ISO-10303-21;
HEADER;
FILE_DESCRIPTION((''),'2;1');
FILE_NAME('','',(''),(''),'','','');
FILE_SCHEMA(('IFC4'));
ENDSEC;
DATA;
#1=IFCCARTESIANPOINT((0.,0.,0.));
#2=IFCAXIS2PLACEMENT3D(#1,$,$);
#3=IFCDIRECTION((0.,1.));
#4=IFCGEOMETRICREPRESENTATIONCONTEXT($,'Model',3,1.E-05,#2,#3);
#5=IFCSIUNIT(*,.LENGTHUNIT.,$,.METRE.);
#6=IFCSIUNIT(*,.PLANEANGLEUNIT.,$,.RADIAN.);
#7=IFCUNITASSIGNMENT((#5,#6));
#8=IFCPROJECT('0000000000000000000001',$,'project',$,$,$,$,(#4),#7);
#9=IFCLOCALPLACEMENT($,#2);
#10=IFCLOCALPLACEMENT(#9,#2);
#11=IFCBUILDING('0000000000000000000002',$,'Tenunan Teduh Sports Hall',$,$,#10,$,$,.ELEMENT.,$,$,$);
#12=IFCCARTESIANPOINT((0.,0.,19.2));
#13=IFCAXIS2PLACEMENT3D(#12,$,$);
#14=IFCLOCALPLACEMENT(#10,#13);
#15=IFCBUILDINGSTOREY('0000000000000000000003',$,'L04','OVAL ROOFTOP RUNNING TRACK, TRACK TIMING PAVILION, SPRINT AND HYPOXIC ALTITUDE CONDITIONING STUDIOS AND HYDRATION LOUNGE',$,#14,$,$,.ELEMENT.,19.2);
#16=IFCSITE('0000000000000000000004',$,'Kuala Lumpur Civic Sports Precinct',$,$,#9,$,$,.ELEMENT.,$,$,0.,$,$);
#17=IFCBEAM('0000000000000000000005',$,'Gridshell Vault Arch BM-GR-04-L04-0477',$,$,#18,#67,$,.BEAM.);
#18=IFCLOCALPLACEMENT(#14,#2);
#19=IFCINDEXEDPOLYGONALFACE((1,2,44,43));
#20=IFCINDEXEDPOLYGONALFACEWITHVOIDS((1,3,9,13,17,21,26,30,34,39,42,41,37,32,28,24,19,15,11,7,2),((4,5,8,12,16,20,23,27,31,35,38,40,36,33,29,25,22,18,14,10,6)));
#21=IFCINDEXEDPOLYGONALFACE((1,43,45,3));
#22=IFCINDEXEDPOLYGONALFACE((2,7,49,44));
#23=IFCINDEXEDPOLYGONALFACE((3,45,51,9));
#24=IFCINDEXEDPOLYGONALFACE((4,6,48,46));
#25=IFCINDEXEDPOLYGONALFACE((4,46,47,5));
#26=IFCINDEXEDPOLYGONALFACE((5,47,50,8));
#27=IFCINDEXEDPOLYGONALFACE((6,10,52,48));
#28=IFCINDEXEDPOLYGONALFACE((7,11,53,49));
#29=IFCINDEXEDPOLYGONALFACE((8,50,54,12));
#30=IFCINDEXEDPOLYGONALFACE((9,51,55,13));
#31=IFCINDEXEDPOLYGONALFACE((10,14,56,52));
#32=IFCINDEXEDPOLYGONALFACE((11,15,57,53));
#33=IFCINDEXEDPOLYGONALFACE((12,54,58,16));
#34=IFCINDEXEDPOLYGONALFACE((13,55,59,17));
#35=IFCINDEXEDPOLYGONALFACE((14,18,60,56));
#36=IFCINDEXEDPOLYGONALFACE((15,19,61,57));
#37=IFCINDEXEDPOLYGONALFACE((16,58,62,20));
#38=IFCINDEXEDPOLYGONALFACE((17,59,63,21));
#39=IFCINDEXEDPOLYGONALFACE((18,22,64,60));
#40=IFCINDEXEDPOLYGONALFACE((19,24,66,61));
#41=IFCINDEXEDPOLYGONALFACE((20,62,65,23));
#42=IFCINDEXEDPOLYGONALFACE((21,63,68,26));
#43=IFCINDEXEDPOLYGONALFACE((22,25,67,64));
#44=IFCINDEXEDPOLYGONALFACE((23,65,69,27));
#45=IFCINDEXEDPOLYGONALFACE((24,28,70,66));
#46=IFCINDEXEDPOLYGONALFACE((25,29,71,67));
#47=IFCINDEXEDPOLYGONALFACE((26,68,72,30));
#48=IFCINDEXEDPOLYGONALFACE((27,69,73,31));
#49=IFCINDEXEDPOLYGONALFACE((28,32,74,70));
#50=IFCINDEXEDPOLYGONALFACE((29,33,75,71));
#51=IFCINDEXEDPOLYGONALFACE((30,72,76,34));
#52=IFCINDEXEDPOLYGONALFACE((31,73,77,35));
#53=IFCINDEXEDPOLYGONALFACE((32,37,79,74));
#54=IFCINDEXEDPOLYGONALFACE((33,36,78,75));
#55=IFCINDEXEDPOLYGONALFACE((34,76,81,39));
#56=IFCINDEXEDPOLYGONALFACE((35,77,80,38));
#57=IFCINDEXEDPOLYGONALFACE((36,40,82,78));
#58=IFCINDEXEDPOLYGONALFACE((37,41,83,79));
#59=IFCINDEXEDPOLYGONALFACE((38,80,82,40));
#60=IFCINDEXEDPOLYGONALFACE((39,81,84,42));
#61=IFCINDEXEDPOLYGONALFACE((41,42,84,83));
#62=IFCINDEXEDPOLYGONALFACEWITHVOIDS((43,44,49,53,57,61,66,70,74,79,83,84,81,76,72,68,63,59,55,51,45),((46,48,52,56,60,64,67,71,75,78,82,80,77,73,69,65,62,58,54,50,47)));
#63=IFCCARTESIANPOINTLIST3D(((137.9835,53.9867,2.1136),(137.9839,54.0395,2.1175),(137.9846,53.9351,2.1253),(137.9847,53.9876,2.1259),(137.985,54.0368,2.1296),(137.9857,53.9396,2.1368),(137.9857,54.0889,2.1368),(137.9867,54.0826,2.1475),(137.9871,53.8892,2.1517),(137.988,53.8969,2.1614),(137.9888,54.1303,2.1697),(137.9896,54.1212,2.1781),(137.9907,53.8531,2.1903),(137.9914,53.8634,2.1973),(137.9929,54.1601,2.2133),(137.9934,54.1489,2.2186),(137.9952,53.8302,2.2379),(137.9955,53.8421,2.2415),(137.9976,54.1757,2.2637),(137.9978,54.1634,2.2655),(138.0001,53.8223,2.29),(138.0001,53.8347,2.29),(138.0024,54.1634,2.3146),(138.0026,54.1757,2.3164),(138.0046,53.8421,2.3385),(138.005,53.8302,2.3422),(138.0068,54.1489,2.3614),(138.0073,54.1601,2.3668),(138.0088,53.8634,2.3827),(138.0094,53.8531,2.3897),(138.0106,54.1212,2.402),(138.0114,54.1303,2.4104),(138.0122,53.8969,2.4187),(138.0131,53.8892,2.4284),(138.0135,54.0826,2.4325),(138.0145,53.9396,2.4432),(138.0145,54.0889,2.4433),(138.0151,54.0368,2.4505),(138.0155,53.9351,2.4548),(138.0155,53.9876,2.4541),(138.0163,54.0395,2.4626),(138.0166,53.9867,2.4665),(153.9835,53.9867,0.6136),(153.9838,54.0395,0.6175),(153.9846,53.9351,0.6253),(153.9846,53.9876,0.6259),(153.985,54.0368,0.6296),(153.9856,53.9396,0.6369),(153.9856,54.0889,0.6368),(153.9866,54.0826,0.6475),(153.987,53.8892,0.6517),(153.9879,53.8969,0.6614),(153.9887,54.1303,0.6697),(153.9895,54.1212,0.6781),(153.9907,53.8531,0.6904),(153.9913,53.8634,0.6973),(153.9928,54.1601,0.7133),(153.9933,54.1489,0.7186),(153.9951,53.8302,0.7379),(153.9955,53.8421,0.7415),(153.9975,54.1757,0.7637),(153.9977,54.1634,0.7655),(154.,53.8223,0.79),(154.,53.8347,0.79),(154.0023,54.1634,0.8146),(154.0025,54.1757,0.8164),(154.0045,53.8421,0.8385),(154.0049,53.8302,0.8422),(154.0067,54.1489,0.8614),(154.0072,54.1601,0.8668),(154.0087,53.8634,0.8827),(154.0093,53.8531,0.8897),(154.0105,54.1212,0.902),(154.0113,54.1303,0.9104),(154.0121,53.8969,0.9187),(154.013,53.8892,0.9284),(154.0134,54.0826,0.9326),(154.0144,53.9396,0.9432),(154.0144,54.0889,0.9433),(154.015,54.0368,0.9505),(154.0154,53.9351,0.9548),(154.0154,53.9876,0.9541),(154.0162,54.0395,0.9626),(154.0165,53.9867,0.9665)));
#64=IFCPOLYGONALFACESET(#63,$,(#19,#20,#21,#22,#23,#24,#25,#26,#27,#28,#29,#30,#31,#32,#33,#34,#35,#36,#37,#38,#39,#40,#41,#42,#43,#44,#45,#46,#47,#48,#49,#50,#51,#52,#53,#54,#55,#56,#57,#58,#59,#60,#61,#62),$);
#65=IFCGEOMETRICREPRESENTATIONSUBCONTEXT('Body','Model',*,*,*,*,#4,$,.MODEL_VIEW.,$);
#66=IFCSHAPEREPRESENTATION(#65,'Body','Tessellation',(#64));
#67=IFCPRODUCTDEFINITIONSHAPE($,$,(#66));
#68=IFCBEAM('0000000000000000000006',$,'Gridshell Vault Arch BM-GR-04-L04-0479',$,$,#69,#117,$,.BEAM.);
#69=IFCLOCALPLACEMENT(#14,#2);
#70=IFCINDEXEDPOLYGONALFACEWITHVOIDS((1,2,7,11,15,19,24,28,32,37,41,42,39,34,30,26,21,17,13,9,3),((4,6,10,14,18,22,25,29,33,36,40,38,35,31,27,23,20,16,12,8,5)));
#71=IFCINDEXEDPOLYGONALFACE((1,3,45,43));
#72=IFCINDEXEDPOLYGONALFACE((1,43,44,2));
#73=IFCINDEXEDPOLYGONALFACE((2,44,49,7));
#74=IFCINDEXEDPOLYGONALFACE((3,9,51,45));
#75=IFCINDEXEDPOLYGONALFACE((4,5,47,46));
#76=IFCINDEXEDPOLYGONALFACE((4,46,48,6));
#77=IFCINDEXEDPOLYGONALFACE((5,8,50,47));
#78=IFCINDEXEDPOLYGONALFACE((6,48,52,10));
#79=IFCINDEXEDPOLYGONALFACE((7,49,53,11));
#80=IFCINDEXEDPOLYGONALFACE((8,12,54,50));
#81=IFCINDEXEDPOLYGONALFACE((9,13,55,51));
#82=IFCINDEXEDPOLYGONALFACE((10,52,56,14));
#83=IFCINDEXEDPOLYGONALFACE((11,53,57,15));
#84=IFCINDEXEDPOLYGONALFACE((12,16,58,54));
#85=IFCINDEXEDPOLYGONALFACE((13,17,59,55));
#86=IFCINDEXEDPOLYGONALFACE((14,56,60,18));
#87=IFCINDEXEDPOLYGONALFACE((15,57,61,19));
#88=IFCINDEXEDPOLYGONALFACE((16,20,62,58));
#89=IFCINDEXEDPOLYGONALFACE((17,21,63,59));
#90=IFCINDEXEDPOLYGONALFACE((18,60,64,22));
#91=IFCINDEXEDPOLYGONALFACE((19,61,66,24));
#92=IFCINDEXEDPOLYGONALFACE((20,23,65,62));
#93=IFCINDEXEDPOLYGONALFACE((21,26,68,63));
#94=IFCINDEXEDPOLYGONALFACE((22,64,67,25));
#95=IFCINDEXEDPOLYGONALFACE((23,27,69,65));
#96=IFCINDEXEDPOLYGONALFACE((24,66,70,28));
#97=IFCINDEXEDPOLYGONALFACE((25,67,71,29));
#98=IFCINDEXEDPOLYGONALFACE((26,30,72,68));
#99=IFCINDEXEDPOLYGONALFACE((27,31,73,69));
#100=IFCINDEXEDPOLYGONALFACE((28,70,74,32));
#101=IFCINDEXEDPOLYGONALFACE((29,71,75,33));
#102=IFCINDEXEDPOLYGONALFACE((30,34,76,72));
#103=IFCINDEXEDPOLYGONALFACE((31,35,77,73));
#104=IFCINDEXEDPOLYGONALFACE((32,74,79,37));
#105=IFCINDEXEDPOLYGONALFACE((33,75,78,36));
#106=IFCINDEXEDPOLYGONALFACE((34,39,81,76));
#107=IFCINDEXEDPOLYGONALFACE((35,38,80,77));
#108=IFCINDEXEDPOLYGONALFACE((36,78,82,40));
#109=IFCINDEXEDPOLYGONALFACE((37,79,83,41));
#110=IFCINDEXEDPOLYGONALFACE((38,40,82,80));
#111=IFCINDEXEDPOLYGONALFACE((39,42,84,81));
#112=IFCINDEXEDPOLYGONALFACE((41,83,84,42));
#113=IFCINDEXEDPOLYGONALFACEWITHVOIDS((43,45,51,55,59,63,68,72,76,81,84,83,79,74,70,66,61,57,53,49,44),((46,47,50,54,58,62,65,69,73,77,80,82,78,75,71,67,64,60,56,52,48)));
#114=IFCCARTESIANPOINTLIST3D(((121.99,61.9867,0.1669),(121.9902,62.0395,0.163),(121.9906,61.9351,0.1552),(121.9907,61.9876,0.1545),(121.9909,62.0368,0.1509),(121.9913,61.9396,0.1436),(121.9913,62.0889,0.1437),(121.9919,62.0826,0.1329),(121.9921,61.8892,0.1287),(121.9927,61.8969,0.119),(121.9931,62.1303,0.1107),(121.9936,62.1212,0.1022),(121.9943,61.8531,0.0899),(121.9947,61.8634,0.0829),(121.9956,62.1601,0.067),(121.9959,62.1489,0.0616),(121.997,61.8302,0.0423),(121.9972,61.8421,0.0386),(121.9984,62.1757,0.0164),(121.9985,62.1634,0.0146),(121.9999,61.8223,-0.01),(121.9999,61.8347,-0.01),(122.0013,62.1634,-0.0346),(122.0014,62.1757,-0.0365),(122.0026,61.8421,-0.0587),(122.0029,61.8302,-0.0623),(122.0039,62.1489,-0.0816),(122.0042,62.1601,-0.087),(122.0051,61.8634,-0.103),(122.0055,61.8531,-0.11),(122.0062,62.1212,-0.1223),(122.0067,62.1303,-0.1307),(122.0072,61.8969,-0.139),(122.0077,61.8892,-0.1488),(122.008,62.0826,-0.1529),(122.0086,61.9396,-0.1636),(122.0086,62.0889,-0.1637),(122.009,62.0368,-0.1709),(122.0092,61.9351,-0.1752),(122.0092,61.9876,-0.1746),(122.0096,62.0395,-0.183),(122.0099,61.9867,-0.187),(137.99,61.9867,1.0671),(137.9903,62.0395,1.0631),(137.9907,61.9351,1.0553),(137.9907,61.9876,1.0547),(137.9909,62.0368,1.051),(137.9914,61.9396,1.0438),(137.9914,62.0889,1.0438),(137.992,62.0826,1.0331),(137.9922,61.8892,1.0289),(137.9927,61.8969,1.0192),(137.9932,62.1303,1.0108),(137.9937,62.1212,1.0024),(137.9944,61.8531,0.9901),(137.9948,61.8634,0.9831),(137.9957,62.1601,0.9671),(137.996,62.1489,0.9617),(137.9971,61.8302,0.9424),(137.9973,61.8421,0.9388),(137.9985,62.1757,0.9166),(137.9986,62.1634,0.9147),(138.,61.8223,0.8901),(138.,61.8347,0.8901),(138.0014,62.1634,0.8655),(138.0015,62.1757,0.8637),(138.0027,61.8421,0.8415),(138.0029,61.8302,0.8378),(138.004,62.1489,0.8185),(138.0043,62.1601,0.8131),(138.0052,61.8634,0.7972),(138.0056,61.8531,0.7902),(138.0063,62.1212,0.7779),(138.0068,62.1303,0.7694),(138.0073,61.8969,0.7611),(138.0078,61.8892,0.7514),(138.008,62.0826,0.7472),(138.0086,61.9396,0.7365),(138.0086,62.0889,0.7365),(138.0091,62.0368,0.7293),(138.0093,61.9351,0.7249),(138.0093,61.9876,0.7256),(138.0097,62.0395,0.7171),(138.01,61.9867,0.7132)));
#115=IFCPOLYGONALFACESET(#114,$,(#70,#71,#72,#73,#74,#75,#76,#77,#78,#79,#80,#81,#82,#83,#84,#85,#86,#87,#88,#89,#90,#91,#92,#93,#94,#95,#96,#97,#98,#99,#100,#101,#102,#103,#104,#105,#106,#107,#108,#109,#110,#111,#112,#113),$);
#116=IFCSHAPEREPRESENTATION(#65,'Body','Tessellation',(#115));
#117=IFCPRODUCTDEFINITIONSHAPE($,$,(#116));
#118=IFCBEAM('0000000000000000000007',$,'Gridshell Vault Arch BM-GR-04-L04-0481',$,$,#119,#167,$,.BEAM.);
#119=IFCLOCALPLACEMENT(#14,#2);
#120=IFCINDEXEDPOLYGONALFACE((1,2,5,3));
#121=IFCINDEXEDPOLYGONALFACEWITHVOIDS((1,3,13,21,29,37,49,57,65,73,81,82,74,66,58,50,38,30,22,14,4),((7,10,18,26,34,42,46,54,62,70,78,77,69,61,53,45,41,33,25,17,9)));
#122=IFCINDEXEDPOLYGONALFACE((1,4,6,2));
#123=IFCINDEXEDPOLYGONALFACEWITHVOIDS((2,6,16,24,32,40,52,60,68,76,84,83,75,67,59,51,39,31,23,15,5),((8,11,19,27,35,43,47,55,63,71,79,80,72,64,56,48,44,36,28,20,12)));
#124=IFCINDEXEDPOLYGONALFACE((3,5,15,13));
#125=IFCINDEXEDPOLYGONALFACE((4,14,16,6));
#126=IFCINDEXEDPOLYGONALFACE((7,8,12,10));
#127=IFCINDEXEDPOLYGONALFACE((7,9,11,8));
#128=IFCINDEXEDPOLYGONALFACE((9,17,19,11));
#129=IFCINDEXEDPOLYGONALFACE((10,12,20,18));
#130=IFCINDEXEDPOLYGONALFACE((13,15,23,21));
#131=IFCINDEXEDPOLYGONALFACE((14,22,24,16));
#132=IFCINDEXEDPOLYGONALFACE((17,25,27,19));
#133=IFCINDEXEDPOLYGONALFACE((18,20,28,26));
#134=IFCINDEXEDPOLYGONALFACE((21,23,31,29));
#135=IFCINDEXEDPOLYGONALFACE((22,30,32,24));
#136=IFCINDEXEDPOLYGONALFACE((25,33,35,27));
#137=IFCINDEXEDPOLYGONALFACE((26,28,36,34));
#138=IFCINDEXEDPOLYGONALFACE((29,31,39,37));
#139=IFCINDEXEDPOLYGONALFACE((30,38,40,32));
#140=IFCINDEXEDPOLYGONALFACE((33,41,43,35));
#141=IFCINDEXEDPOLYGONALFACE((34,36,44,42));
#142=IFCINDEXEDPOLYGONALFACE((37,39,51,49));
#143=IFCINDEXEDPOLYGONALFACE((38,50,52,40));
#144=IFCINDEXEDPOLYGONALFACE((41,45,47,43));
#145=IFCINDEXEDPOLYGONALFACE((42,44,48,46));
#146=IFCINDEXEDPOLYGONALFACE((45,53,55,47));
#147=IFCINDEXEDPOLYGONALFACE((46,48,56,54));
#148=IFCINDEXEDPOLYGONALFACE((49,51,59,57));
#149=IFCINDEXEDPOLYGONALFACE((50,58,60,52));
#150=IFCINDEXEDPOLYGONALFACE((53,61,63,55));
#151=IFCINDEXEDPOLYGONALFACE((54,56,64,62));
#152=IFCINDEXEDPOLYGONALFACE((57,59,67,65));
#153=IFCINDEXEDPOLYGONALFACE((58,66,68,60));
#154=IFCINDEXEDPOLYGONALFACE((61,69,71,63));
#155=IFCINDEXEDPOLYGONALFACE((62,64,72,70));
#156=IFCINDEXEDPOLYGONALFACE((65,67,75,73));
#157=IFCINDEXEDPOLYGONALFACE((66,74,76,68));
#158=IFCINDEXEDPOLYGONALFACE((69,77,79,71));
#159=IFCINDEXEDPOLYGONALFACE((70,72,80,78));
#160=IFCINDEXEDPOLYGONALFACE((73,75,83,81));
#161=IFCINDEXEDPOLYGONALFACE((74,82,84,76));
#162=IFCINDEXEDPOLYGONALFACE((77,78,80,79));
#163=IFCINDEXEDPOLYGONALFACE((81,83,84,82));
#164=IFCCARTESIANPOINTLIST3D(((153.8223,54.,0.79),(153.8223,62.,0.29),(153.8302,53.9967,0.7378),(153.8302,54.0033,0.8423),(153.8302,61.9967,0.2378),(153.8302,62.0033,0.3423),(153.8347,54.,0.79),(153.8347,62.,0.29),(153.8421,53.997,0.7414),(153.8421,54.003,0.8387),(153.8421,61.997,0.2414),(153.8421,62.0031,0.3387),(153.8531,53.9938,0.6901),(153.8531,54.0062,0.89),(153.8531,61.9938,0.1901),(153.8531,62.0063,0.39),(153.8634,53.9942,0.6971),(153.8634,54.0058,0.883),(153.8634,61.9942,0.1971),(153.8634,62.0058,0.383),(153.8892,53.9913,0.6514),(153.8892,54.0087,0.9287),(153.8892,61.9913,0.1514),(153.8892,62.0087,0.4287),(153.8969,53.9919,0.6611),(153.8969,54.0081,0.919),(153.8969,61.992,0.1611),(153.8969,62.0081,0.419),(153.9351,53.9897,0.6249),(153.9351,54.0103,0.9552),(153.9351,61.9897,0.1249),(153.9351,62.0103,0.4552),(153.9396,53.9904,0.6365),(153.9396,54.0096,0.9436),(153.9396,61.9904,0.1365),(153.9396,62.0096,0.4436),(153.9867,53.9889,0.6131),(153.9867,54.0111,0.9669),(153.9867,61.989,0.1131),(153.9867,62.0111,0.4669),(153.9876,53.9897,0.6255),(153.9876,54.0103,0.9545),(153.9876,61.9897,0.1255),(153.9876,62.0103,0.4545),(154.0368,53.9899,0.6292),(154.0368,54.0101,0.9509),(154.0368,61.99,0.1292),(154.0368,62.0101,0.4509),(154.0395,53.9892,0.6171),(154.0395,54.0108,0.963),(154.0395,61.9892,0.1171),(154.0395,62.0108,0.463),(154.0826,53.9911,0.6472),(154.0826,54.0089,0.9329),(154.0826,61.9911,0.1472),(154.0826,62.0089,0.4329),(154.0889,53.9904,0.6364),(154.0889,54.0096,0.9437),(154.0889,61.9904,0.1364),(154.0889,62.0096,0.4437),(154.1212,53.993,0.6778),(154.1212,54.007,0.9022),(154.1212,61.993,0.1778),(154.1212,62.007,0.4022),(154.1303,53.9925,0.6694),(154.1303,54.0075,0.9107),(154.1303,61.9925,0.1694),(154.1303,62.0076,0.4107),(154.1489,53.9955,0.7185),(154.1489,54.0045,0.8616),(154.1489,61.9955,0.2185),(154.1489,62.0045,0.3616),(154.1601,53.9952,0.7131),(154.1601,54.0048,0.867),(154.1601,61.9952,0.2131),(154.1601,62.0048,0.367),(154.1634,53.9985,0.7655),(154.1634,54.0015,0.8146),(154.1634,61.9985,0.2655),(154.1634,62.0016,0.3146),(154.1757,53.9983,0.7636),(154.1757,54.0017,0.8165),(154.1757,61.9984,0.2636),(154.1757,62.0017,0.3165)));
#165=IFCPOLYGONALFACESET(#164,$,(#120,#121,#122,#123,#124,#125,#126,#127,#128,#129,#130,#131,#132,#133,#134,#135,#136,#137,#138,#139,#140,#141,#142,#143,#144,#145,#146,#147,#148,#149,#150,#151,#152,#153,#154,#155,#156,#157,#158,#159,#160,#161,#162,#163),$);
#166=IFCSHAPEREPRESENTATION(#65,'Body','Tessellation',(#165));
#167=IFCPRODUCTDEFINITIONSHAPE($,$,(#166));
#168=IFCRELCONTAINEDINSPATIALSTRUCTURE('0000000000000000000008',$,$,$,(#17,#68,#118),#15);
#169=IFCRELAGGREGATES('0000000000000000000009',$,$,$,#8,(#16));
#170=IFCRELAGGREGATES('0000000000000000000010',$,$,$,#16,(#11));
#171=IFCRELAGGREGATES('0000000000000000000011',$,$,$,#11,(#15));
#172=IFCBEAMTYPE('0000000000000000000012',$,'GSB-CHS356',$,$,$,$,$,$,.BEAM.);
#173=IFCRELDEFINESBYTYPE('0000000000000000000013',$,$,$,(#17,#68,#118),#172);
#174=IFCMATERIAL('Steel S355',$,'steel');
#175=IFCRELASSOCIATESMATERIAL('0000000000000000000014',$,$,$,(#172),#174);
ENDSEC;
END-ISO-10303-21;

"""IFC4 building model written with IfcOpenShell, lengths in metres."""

from ifc_helpers import new_model, si_unit, direction, frame, origin, origin_2d, place, context, subcontext, project, spatial, hollow_circle, extrude, material, material_profile, profile_set, type_object, element, save


model = new_model("IFC4")

# Units and contexts
model_context = context("Model", 3, precision=1e-05, world=origin(), true_north=direction((0.0, 1.0)))
body_context = subcontext(model_context, "Body", "Model", "MODEL_VIEW")
ifc_project = project(units=[si_unit("LENGTHUNIT", "METRE"), si_unit("PLANEANGLEUNIT", "RADIAN")], contexts=[model_context])

# Site, building, storey
site_placement = place(None, origin())
site = spatial("IfcSite", under=ifc_project, at=site_placement, Name="Kuala Lumpur Civic Sports Precinct", CompositionType="ELEMENT", RefElevation=0.0)
building_placement = place(site_placement, origin())
building = spatial("IfcBuilding", under=site, at=building_placement, Name="Tenunan Teduh Sports Hall", CompositionType="ELEMENT")
storey_placement = place(building_placement, frame((0.0, 0.0, 19.2)))
storey = spatial("IfcBuildingStorey", under=building, at=storey_placement, Name="L04", Description="OVAL ROOFTOP RUNNING TRACK, TRACK TIMING PAVILION, SPRINT AND HYPOXIC ALTITUDE CONDITIONING STUDIOS AND HYDRATION LOUNGE", CompositionType="ELEMENT", Elevation=19.2)

# Beams
ifc_material_1 = material(Name="Steel S355", Category="steel")
ifc_material_profile_1 = material_profile(ifc_material_1, hollow_circle(Radius=0.1777, WallThickness=0.0125, at=origin_2d()), Name="CHS 355.6x12.5")
ifc_profile_set_1 = profile_set([ifc_material_profile_1], Name="Steel S355")
beam_type_1 = type_object("IfcBeamType", Name="GSB-CHS356", PredefinedType="BEAM", material=ifc_profile_set_1)
beam_1_placement = place(storey_placement, frame((154.0, 54.0, 0.79), z_axis=(-0.995634, 0.0, 0.093341), x_axis=(0.0, -1.0, 0.0)))
element("IfcBeam", 1, at=beam_1_placement, inside=storey, type_object=beam_type_1, Name="Gridshell Vault Arch BM-GR-04-L04-0477", PredefinedType="BEAM", context=body_context, shape_type="SweptSolid", body=[
    extrude(hollow_circle(Radius=0.1777, WallThickness=0.0125, at=origin_2d()), origin(), (0.0, 0.0, 1.0), 16.0701),
])
beam_2_placement = place(storey_placement, frame((138.0, 62.0, 0.8901), z_axis=(-0.998421, 0.0, -0.05617), x_axis=(0.0, -1.0, 0.0)))
element("IfcBeam", 2, at=beam_2_placement, inside=storey, type_object=beam_type_1, Name="Gridshell Vault Arch BM-GR-04-L04-0479", PredefinedType="BEAM", context=body_context, shape_type="SweptSolid", body=[
    extrude(hollow_circle(Radius=0.1777, WallThickness=0.0125, at=origin_2d()), origin(), (0.0, 0.0, 1.0), 16.0254),
])
beam_3_placement = place(storey_placement, frame((154.0, 54.0, 0.79), z_axis=(0.0, 0.998053, -0.062378), x_axis=(-1.0, 0.0, 0.0)))
element("IfcBeam", 3, at=beam_3_placement, inside=storey, type_object=beam_type_1, Name="Gridshell Vault Arch BM-GR-04-L04-0481", PredefinedType="BEAM", context=body_context, shape_type="SweptSolid", body=[
    extrude(hollow_circle(Radius=0.1777, WallThickness=0.0125, at=origin_2d()), origin(), (0.0, 0.0, 1.0), 8.0156),
])

save(model, "model.ifc")
